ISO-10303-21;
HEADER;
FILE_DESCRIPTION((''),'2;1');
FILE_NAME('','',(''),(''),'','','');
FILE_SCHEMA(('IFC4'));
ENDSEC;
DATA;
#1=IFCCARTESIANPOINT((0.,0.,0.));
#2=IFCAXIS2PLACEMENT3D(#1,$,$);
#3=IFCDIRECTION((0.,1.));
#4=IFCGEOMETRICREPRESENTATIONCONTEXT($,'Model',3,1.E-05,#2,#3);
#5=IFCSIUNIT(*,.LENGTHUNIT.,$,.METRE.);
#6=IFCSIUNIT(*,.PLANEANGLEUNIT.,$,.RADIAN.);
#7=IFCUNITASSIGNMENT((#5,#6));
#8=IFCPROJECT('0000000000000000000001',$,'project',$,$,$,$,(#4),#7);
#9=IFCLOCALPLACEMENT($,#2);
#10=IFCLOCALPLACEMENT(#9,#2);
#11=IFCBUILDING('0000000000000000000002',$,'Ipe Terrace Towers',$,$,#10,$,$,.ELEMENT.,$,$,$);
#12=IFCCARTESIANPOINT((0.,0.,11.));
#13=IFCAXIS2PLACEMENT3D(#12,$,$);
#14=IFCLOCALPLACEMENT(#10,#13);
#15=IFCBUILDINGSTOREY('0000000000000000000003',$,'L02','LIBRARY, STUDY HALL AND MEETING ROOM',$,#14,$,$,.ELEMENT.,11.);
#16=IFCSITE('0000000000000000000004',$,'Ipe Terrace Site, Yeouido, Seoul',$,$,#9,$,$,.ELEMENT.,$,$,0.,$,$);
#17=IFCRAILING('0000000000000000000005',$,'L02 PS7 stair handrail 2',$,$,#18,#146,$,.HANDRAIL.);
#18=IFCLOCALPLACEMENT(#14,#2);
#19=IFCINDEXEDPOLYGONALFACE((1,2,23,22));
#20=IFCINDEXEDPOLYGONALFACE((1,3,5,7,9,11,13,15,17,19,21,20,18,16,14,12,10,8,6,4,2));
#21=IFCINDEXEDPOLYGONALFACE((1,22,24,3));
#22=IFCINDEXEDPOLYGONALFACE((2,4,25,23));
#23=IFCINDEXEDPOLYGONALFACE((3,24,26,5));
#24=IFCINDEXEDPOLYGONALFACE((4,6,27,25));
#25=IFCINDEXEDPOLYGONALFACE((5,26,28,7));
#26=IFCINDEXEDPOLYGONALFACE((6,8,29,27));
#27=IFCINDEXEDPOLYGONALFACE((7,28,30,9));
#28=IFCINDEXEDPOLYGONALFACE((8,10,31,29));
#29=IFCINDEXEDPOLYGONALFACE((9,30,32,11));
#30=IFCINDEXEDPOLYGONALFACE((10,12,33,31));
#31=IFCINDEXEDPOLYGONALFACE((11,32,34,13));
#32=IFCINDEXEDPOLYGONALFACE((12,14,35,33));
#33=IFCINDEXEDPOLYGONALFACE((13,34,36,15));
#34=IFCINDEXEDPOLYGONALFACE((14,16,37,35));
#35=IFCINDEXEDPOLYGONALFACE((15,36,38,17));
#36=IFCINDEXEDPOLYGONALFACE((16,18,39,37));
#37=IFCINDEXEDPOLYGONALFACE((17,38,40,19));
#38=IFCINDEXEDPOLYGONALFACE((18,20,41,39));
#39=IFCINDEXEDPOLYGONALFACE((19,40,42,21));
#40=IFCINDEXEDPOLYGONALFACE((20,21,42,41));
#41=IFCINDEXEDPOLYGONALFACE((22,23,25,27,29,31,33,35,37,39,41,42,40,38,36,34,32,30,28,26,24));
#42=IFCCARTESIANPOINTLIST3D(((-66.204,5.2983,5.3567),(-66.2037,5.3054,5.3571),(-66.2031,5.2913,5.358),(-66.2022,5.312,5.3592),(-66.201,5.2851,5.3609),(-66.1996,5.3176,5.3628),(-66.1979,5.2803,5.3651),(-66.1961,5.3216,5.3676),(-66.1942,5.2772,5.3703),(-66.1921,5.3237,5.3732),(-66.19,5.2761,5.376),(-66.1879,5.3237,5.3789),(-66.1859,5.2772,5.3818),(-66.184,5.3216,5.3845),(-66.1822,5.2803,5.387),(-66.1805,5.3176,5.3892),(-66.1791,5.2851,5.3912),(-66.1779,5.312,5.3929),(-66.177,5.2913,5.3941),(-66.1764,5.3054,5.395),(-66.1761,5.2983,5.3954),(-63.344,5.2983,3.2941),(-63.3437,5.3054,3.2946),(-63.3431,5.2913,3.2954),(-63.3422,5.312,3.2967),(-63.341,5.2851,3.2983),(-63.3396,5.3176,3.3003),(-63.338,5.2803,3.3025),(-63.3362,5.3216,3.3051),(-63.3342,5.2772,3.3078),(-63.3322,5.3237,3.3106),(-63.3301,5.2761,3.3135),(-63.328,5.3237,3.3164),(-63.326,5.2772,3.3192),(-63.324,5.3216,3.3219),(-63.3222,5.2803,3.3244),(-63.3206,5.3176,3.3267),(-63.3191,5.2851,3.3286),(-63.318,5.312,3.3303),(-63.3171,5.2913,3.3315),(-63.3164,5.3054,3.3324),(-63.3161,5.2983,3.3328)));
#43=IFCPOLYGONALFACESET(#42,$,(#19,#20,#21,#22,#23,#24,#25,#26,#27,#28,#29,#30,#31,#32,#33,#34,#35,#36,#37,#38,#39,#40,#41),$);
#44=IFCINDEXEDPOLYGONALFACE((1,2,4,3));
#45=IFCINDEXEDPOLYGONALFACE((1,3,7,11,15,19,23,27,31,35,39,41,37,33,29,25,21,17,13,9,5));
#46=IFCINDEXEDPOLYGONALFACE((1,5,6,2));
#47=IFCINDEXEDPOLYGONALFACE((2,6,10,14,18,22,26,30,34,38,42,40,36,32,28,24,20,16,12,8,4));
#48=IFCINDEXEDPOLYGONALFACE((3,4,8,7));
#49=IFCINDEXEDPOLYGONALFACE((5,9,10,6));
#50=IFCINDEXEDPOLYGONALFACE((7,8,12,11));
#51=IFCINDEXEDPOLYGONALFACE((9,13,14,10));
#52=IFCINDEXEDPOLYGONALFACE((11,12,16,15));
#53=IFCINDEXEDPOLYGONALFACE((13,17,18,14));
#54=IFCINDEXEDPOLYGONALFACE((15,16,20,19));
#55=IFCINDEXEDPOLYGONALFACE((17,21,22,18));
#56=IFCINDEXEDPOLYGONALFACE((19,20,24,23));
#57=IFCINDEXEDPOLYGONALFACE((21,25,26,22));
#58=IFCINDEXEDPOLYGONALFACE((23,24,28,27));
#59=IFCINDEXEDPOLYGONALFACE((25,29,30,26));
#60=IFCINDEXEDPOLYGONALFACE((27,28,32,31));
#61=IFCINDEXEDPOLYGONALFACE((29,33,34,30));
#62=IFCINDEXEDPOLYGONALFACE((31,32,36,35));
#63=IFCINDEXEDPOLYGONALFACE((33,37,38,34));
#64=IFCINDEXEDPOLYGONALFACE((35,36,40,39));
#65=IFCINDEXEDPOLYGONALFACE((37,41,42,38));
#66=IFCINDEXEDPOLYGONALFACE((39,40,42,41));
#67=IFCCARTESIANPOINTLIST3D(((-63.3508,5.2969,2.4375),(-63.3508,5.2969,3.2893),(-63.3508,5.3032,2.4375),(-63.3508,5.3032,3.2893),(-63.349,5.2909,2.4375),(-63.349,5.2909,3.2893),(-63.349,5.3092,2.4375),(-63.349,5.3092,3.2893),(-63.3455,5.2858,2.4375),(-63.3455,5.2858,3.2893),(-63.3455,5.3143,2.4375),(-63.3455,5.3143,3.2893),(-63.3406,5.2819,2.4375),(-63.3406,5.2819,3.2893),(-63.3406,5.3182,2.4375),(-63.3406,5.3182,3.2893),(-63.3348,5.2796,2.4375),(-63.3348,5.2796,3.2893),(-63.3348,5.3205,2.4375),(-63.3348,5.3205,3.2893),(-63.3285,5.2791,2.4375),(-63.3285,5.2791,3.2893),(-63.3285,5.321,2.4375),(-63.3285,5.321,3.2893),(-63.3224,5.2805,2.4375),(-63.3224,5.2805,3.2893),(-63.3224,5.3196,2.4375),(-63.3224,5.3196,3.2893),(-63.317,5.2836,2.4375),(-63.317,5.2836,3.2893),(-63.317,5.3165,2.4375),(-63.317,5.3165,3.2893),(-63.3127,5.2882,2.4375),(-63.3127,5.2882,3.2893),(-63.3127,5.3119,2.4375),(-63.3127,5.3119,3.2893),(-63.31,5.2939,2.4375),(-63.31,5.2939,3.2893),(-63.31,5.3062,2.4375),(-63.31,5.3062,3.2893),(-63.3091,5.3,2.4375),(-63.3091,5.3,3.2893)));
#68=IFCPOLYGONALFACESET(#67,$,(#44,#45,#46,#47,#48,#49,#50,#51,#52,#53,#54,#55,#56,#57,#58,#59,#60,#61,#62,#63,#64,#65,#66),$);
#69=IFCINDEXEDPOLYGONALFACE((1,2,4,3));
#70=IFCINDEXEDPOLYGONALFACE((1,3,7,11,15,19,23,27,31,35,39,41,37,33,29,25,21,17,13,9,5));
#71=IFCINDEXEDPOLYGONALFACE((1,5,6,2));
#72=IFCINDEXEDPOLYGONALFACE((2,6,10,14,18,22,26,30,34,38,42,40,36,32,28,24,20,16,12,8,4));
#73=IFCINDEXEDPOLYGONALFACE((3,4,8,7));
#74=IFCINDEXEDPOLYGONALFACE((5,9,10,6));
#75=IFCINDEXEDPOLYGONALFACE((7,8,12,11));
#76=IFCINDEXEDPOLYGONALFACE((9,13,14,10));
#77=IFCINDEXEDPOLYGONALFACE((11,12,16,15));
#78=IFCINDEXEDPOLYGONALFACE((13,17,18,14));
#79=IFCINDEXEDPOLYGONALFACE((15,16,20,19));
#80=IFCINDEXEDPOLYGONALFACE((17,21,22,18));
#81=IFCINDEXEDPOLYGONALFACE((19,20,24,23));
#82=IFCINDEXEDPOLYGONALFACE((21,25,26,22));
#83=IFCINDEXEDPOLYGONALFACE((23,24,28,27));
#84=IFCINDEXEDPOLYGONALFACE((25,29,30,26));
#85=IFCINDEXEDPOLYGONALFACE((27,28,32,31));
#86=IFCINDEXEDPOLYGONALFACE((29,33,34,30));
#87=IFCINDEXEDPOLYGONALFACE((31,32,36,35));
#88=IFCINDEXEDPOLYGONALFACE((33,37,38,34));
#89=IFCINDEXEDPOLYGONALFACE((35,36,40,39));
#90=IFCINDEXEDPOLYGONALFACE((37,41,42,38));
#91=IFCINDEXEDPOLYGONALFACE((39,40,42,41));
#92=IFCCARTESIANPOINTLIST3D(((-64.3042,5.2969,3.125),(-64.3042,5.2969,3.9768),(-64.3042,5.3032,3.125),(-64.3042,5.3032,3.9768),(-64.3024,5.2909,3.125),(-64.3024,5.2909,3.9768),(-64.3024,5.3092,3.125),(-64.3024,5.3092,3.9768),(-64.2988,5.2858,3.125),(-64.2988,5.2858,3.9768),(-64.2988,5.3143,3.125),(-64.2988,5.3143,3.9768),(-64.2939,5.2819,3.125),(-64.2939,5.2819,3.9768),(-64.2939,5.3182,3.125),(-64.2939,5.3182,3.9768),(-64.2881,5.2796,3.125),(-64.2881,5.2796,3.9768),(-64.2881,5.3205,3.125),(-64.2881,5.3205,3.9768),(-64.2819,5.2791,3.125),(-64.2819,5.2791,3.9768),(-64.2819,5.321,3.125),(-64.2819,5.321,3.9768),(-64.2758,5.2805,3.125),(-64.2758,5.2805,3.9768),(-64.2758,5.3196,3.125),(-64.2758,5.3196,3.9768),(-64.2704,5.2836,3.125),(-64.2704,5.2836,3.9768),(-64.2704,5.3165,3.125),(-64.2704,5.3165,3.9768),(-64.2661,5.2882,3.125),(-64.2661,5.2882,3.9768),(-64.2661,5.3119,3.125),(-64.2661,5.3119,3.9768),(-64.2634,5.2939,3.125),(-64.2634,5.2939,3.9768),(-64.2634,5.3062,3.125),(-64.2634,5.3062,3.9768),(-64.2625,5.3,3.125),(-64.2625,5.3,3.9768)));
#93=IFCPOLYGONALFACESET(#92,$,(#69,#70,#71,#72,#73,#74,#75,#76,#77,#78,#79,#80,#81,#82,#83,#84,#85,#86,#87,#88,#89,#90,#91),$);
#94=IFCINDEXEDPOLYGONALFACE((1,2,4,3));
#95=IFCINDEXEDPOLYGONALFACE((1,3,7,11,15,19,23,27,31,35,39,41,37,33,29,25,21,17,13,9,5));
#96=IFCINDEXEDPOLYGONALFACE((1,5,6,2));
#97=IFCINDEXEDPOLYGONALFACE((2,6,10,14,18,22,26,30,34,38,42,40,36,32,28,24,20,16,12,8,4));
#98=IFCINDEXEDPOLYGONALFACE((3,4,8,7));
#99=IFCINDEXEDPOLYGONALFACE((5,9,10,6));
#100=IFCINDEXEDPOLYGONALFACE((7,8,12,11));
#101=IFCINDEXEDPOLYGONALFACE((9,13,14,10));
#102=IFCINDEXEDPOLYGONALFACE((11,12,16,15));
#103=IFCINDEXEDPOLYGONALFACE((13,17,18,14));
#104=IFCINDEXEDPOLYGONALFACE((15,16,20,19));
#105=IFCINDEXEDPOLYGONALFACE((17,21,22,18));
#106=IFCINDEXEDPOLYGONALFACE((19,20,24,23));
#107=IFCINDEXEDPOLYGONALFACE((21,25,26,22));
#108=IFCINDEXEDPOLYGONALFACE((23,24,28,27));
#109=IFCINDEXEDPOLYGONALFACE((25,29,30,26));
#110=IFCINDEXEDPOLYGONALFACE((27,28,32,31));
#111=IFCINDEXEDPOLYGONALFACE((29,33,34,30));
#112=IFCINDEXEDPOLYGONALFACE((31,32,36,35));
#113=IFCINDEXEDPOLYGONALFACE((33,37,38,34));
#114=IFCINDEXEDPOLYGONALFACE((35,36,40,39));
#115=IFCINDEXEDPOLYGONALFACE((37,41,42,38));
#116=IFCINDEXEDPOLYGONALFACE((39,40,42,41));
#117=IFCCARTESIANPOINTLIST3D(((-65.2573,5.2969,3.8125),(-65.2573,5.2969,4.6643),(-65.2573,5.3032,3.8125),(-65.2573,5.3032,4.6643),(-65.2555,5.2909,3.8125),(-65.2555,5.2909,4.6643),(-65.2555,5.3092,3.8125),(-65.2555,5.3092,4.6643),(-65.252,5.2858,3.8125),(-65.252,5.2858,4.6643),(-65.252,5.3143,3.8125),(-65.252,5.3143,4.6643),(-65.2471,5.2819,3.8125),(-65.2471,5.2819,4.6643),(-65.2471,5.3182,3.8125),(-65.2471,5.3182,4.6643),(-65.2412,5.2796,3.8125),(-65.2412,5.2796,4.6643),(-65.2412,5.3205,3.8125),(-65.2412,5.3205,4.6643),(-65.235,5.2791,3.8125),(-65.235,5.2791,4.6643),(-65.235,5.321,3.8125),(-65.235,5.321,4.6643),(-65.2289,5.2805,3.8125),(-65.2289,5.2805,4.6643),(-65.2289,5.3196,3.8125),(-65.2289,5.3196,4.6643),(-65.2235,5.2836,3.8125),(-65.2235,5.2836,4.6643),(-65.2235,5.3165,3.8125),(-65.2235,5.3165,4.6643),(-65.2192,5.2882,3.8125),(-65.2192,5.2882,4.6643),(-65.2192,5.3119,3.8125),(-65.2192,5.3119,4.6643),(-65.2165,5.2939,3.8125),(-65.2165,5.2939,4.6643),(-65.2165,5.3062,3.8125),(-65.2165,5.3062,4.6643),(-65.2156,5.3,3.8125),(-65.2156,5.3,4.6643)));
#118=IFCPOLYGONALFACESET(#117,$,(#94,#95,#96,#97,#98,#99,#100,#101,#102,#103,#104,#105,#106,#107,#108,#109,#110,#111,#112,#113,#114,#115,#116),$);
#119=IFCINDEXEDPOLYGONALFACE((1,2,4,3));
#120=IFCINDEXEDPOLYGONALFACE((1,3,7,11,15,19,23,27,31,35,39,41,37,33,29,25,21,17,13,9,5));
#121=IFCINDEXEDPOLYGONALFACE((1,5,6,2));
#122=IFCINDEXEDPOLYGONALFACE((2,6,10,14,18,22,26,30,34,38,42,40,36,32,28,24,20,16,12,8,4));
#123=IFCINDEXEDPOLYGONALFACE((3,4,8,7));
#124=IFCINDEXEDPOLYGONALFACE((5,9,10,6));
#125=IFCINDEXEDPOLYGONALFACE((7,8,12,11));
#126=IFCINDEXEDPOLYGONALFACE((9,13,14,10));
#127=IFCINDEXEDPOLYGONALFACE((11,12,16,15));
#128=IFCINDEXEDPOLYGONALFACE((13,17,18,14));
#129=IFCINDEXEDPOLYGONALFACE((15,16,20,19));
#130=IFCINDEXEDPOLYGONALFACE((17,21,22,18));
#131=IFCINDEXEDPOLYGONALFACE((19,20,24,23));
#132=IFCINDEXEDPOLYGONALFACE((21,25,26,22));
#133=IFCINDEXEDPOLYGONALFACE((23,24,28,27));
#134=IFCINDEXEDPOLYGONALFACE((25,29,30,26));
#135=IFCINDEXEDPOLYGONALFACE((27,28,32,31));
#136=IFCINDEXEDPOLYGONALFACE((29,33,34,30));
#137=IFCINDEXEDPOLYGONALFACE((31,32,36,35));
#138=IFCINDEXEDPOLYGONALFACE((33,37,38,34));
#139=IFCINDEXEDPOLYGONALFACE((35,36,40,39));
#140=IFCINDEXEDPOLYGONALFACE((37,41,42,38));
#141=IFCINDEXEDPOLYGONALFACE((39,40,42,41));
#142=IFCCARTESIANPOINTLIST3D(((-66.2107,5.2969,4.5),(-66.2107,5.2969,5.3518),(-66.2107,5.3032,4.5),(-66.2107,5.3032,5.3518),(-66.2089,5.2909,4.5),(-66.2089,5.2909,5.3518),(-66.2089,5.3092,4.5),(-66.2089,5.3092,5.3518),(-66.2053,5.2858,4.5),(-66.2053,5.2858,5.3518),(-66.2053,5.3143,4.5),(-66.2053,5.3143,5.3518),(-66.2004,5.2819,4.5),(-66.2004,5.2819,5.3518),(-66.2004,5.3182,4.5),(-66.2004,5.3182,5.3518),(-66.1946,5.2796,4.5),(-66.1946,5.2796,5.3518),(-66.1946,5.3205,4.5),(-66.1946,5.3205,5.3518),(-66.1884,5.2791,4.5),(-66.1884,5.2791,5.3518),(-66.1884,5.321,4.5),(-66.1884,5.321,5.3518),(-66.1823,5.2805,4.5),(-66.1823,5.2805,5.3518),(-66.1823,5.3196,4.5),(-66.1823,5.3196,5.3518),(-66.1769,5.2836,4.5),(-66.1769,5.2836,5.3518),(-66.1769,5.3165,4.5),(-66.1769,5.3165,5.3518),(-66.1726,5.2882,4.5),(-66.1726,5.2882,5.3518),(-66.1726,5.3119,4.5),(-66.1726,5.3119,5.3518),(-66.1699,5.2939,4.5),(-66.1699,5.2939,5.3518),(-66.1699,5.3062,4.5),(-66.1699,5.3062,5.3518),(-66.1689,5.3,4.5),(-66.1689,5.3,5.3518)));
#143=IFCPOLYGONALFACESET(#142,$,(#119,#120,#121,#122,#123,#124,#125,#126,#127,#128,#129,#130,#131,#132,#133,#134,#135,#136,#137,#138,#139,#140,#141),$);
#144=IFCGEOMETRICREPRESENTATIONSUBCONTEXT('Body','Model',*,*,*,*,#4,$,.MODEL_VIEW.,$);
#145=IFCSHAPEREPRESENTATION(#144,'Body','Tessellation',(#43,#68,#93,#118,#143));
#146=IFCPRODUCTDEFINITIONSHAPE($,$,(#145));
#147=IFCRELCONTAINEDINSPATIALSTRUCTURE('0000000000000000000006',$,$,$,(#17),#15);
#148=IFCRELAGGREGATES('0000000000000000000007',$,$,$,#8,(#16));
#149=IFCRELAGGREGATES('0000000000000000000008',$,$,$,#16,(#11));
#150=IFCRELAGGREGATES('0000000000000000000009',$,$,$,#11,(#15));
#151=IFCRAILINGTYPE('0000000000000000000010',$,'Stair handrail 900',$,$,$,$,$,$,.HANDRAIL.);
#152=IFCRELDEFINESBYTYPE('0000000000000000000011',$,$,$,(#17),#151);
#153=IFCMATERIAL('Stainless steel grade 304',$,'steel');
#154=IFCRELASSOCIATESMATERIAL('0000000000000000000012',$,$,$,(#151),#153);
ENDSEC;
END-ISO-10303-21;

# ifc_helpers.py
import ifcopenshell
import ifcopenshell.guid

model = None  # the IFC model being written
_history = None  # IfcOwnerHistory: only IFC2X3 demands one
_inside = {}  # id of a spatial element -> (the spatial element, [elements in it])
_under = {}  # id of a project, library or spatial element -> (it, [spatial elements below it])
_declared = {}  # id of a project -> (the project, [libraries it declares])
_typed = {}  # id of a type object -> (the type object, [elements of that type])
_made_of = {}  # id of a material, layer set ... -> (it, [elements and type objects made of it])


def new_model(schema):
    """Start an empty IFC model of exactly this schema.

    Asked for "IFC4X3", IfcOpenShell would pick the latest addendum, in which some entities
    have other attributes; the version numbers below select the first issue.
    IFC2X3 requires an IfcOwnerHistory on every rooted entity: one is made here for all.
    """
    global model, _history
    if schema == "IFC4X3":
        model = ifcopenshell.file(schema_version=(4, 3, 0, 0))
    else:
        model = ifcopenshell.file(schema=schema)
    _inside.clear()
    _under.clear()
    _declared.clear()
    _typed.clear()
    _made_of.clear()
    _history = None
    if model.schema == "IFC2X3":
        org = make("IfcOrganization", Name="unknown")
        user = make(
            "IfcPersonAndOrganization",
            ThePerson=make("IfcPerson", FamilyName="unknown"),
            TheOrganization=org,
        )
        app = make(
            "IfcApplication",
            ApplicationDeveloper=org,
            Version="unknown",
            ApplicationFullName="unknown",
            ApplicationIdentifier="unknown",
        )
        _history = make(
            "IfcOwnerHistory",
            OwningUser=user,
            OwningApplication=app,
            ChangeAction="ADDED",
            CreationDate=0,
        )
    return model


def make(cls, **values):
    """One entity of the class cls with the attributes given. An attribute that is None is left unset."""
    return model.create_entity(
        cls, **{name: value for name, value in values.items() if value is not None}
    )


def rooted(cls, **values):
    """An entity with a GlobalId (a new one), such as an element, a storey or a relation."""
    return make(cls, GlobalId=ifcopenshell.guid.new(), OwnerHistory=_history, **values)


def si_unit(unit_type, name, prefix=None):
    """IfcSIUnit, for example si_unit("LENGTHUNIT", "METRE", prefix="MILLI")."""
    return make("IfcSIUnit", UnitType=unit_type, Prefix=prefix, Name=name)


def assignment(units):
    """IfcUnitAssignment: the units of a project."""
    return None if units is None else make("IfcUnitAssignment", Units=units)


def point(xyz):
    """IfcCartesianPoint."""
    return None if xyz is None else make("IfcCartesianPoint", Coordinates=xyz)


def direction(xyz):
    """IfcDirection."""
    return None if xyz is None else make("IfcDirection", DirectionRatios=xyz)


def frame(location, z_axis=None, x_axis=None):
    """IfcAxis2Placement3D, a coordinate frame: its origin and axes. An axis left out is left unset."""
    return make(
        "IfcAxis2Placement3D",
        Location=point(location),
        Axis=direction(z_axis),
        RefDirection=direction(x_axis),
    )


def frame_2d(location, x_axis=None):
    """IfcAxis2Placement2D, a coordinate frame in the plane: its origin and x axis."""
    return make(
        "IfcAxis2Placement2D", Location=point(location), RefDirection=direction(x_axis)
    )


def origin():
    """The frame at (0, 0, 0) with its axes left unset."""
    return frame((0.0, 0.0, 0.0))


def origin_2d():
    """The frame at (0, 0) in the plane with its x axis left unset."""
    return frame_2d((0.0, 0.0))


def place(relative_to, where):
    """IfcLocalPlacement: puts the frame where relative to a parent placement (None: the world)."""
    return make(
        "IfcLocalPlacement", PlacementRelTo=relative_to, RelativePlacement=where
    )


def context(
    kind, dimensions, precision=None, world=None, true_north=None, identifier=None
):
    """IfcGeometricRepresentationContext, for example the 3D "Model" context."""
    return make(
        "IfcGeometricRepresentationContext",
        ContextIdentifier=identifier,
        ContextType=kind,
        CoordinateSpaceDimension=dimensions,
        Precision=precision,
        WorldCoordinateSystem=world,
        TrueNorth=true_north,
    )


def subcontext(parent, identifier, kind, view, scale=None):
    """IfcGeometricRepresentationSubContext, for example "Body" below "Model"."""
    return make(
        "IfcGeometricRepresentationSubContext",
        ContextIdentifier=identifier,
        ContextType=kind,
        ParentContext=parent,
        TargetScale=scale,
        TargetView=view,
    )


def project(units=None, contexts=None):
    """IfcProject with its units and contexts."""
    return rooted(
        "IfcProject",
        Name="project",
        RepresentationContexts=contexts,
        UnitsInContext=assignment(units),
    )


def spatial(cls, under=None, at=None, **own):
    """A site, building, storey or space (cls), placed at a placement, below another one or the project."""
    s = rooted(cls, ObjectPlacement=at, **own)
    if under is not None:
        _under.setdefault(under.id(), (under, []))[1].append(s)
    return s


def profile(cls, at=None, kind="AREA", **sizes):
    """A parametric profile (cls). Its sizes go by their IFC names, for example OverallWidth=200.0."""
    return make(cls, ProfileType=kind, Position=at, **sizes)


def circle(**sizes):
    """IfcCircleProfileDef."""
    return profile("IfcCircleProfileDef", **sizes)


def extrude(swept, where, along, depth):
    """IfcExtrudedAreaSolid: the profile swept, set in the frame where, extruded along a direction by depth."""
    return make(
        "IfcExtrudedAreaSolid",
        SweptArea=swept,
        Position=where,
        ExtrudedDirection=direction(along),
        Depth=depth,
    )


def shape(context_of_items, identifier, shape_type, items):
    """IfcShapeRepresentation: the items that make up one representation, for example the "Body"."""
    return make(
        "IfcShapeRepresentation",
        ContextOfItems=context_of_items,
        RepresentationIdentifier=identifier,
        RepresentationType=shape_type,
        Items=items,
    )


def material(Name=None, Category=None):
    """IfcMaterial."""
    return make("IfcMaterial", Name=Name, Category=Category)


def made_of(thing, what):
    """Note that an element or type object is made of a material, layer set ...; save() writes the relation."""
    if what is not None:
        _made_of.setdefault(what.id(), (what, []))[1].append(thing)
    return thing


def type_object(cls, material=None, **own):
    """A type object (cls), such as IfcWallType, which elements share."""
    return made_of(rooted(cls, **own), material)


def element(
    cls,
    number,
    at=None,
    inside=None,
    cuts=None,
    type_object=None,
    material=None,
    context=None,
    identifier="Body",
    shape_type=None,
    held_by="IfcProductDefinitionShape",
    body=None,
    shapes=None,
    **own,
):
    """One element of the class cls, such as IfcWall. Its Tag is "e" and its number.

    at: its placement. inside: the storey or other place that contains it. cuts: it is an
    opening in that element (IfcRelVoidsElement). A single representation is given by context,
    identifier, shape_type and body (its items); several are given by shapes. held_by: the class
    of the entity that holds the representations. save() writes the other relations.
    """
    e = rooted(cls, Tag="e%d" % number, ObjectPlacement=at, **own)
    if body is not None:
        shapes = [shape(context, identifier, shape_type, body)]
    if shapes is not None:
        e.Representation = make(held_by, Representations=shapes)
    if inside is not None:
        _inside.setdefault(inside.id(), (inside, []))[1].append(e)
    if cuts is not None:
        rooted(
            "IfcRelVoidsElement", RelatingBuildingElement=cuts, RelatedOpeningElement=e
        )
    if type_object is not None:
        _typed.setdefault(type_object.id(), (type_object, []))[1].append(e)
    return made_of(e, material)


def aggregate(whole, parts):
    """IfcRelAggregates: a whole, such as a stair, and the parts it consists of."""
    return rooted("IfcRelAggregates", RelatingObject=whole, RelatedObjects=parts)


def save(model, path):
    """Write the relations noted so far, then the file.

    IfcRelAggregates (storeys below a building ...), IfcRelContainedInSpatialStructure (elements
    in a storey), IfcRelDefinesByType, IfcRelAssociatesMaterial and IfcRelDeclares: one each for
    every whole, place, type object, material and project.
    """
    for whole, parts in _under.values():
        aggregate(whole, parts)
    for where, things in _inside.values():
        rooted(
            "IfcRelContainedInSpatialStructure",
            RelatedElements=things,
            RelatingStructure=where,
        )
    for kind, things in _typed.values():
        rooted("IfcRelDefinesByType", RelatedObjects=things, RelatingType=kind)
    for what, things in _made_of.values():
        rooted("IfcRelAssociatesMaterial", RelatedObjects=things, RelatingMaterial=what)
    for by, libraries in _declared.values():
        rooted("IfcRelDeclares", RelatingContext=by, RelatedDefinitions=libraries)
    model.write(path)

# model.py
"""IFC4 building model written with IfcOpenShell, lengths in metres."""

from ifc_helpers import new_model, si_unit, direction, frame, origin, origin_2d, place, context, subcontext, project, spatial, circle, extrude, material, type_object, element, save


model = new_model("IFC4")

# Units and contexts
model_context = context("Model", 3, precision=1e-05, world=origin(), true_north=direction((0.0, 1.0)))
body_context = subcontext(model_context, "Body", "Model", "MODEL_VIEW")
ifc_project = project(units=[si_unit("LENGTHUNIT", "METRE"), si_unit("PLANEANGLEUNIT", "RADIAN")], contexts=[model_context])

# Site, building, storey
site_placement = place(None, origin())
site = spatial("IfcSite", under=ifc_project, at=site_placement, Name="Ipe Terrace Site, Yeouido, Seoul", CompositionType="ELEMENT", RefElevation=0.0)
building_placement = place(site_placement, origin())
building = spatial("IfcBuilding", under=site, at=building_placement, Name="Ipe Terrace Towers", CompositionType="ELEMENT")
storey_placement = place(building_placement, frame((0.0, 0.0, 11.0)))
storey = spatial("IfcBuildingStorey", under=building, at=storey_placement, Name="L02", Description="LIBRARY, STUDY HALL AND MEETING ROOM", CompositionType="ELEMENT", Elevation=11.0)

# Railing
ifc_material_1 = material(Name="Stainless steel grade 304", Category="steel")
railing_type_1 = type_object("IfcRailingType", Name="Stair handrail 900", PredefinedType="HANDRAIL", material=ifc_material_1)
railing_1_placement = place(storey_placement, frame((-63.3301, 5.3, 2.4375)))
element("IfcRailing", 1, at=railing_1_placement, inside=storey, type_object=railing_type_1, Name="L02 PS7 stair handrail 2", PredefinedType="HANDRAIL", context=body_context, shape_type="SweptSolid", body=[
    extrude(circle(Radius=0.0239, at=origin_2d()), frame((0.0, 0.0, 0.876), z_axis=(-0.811077, 0.0, 0.584939), x_axis=(0.0, -1.0, 0.0)), (0.0, 0.0, 1.0), 3.5261),
    extrude(circle(Radius=0.021, at=origin_2d()), origin(), (0.0, 0.0, 1.0), 0.8518),
    extrude(circle(Radius=0.021, at=origin_2d()), frame((-0.9534, 0.0, 0.6875)), (0.0, 0.0, 1.0), 0.8518),
    extrude(circle(Radius=0.021, at=origin_2d()), frame((-1.9065, 0.0, 1.375)), (0.0, 0.0, 1.0), 0.8518),
    extrude(circle(Radius=0.021, at=origin_2d()), frame((-2.8599, 0.0, 2.0625)), (0.0, 0.0, 1.0), 0.8518),
])

save(model, "model.ifc")
